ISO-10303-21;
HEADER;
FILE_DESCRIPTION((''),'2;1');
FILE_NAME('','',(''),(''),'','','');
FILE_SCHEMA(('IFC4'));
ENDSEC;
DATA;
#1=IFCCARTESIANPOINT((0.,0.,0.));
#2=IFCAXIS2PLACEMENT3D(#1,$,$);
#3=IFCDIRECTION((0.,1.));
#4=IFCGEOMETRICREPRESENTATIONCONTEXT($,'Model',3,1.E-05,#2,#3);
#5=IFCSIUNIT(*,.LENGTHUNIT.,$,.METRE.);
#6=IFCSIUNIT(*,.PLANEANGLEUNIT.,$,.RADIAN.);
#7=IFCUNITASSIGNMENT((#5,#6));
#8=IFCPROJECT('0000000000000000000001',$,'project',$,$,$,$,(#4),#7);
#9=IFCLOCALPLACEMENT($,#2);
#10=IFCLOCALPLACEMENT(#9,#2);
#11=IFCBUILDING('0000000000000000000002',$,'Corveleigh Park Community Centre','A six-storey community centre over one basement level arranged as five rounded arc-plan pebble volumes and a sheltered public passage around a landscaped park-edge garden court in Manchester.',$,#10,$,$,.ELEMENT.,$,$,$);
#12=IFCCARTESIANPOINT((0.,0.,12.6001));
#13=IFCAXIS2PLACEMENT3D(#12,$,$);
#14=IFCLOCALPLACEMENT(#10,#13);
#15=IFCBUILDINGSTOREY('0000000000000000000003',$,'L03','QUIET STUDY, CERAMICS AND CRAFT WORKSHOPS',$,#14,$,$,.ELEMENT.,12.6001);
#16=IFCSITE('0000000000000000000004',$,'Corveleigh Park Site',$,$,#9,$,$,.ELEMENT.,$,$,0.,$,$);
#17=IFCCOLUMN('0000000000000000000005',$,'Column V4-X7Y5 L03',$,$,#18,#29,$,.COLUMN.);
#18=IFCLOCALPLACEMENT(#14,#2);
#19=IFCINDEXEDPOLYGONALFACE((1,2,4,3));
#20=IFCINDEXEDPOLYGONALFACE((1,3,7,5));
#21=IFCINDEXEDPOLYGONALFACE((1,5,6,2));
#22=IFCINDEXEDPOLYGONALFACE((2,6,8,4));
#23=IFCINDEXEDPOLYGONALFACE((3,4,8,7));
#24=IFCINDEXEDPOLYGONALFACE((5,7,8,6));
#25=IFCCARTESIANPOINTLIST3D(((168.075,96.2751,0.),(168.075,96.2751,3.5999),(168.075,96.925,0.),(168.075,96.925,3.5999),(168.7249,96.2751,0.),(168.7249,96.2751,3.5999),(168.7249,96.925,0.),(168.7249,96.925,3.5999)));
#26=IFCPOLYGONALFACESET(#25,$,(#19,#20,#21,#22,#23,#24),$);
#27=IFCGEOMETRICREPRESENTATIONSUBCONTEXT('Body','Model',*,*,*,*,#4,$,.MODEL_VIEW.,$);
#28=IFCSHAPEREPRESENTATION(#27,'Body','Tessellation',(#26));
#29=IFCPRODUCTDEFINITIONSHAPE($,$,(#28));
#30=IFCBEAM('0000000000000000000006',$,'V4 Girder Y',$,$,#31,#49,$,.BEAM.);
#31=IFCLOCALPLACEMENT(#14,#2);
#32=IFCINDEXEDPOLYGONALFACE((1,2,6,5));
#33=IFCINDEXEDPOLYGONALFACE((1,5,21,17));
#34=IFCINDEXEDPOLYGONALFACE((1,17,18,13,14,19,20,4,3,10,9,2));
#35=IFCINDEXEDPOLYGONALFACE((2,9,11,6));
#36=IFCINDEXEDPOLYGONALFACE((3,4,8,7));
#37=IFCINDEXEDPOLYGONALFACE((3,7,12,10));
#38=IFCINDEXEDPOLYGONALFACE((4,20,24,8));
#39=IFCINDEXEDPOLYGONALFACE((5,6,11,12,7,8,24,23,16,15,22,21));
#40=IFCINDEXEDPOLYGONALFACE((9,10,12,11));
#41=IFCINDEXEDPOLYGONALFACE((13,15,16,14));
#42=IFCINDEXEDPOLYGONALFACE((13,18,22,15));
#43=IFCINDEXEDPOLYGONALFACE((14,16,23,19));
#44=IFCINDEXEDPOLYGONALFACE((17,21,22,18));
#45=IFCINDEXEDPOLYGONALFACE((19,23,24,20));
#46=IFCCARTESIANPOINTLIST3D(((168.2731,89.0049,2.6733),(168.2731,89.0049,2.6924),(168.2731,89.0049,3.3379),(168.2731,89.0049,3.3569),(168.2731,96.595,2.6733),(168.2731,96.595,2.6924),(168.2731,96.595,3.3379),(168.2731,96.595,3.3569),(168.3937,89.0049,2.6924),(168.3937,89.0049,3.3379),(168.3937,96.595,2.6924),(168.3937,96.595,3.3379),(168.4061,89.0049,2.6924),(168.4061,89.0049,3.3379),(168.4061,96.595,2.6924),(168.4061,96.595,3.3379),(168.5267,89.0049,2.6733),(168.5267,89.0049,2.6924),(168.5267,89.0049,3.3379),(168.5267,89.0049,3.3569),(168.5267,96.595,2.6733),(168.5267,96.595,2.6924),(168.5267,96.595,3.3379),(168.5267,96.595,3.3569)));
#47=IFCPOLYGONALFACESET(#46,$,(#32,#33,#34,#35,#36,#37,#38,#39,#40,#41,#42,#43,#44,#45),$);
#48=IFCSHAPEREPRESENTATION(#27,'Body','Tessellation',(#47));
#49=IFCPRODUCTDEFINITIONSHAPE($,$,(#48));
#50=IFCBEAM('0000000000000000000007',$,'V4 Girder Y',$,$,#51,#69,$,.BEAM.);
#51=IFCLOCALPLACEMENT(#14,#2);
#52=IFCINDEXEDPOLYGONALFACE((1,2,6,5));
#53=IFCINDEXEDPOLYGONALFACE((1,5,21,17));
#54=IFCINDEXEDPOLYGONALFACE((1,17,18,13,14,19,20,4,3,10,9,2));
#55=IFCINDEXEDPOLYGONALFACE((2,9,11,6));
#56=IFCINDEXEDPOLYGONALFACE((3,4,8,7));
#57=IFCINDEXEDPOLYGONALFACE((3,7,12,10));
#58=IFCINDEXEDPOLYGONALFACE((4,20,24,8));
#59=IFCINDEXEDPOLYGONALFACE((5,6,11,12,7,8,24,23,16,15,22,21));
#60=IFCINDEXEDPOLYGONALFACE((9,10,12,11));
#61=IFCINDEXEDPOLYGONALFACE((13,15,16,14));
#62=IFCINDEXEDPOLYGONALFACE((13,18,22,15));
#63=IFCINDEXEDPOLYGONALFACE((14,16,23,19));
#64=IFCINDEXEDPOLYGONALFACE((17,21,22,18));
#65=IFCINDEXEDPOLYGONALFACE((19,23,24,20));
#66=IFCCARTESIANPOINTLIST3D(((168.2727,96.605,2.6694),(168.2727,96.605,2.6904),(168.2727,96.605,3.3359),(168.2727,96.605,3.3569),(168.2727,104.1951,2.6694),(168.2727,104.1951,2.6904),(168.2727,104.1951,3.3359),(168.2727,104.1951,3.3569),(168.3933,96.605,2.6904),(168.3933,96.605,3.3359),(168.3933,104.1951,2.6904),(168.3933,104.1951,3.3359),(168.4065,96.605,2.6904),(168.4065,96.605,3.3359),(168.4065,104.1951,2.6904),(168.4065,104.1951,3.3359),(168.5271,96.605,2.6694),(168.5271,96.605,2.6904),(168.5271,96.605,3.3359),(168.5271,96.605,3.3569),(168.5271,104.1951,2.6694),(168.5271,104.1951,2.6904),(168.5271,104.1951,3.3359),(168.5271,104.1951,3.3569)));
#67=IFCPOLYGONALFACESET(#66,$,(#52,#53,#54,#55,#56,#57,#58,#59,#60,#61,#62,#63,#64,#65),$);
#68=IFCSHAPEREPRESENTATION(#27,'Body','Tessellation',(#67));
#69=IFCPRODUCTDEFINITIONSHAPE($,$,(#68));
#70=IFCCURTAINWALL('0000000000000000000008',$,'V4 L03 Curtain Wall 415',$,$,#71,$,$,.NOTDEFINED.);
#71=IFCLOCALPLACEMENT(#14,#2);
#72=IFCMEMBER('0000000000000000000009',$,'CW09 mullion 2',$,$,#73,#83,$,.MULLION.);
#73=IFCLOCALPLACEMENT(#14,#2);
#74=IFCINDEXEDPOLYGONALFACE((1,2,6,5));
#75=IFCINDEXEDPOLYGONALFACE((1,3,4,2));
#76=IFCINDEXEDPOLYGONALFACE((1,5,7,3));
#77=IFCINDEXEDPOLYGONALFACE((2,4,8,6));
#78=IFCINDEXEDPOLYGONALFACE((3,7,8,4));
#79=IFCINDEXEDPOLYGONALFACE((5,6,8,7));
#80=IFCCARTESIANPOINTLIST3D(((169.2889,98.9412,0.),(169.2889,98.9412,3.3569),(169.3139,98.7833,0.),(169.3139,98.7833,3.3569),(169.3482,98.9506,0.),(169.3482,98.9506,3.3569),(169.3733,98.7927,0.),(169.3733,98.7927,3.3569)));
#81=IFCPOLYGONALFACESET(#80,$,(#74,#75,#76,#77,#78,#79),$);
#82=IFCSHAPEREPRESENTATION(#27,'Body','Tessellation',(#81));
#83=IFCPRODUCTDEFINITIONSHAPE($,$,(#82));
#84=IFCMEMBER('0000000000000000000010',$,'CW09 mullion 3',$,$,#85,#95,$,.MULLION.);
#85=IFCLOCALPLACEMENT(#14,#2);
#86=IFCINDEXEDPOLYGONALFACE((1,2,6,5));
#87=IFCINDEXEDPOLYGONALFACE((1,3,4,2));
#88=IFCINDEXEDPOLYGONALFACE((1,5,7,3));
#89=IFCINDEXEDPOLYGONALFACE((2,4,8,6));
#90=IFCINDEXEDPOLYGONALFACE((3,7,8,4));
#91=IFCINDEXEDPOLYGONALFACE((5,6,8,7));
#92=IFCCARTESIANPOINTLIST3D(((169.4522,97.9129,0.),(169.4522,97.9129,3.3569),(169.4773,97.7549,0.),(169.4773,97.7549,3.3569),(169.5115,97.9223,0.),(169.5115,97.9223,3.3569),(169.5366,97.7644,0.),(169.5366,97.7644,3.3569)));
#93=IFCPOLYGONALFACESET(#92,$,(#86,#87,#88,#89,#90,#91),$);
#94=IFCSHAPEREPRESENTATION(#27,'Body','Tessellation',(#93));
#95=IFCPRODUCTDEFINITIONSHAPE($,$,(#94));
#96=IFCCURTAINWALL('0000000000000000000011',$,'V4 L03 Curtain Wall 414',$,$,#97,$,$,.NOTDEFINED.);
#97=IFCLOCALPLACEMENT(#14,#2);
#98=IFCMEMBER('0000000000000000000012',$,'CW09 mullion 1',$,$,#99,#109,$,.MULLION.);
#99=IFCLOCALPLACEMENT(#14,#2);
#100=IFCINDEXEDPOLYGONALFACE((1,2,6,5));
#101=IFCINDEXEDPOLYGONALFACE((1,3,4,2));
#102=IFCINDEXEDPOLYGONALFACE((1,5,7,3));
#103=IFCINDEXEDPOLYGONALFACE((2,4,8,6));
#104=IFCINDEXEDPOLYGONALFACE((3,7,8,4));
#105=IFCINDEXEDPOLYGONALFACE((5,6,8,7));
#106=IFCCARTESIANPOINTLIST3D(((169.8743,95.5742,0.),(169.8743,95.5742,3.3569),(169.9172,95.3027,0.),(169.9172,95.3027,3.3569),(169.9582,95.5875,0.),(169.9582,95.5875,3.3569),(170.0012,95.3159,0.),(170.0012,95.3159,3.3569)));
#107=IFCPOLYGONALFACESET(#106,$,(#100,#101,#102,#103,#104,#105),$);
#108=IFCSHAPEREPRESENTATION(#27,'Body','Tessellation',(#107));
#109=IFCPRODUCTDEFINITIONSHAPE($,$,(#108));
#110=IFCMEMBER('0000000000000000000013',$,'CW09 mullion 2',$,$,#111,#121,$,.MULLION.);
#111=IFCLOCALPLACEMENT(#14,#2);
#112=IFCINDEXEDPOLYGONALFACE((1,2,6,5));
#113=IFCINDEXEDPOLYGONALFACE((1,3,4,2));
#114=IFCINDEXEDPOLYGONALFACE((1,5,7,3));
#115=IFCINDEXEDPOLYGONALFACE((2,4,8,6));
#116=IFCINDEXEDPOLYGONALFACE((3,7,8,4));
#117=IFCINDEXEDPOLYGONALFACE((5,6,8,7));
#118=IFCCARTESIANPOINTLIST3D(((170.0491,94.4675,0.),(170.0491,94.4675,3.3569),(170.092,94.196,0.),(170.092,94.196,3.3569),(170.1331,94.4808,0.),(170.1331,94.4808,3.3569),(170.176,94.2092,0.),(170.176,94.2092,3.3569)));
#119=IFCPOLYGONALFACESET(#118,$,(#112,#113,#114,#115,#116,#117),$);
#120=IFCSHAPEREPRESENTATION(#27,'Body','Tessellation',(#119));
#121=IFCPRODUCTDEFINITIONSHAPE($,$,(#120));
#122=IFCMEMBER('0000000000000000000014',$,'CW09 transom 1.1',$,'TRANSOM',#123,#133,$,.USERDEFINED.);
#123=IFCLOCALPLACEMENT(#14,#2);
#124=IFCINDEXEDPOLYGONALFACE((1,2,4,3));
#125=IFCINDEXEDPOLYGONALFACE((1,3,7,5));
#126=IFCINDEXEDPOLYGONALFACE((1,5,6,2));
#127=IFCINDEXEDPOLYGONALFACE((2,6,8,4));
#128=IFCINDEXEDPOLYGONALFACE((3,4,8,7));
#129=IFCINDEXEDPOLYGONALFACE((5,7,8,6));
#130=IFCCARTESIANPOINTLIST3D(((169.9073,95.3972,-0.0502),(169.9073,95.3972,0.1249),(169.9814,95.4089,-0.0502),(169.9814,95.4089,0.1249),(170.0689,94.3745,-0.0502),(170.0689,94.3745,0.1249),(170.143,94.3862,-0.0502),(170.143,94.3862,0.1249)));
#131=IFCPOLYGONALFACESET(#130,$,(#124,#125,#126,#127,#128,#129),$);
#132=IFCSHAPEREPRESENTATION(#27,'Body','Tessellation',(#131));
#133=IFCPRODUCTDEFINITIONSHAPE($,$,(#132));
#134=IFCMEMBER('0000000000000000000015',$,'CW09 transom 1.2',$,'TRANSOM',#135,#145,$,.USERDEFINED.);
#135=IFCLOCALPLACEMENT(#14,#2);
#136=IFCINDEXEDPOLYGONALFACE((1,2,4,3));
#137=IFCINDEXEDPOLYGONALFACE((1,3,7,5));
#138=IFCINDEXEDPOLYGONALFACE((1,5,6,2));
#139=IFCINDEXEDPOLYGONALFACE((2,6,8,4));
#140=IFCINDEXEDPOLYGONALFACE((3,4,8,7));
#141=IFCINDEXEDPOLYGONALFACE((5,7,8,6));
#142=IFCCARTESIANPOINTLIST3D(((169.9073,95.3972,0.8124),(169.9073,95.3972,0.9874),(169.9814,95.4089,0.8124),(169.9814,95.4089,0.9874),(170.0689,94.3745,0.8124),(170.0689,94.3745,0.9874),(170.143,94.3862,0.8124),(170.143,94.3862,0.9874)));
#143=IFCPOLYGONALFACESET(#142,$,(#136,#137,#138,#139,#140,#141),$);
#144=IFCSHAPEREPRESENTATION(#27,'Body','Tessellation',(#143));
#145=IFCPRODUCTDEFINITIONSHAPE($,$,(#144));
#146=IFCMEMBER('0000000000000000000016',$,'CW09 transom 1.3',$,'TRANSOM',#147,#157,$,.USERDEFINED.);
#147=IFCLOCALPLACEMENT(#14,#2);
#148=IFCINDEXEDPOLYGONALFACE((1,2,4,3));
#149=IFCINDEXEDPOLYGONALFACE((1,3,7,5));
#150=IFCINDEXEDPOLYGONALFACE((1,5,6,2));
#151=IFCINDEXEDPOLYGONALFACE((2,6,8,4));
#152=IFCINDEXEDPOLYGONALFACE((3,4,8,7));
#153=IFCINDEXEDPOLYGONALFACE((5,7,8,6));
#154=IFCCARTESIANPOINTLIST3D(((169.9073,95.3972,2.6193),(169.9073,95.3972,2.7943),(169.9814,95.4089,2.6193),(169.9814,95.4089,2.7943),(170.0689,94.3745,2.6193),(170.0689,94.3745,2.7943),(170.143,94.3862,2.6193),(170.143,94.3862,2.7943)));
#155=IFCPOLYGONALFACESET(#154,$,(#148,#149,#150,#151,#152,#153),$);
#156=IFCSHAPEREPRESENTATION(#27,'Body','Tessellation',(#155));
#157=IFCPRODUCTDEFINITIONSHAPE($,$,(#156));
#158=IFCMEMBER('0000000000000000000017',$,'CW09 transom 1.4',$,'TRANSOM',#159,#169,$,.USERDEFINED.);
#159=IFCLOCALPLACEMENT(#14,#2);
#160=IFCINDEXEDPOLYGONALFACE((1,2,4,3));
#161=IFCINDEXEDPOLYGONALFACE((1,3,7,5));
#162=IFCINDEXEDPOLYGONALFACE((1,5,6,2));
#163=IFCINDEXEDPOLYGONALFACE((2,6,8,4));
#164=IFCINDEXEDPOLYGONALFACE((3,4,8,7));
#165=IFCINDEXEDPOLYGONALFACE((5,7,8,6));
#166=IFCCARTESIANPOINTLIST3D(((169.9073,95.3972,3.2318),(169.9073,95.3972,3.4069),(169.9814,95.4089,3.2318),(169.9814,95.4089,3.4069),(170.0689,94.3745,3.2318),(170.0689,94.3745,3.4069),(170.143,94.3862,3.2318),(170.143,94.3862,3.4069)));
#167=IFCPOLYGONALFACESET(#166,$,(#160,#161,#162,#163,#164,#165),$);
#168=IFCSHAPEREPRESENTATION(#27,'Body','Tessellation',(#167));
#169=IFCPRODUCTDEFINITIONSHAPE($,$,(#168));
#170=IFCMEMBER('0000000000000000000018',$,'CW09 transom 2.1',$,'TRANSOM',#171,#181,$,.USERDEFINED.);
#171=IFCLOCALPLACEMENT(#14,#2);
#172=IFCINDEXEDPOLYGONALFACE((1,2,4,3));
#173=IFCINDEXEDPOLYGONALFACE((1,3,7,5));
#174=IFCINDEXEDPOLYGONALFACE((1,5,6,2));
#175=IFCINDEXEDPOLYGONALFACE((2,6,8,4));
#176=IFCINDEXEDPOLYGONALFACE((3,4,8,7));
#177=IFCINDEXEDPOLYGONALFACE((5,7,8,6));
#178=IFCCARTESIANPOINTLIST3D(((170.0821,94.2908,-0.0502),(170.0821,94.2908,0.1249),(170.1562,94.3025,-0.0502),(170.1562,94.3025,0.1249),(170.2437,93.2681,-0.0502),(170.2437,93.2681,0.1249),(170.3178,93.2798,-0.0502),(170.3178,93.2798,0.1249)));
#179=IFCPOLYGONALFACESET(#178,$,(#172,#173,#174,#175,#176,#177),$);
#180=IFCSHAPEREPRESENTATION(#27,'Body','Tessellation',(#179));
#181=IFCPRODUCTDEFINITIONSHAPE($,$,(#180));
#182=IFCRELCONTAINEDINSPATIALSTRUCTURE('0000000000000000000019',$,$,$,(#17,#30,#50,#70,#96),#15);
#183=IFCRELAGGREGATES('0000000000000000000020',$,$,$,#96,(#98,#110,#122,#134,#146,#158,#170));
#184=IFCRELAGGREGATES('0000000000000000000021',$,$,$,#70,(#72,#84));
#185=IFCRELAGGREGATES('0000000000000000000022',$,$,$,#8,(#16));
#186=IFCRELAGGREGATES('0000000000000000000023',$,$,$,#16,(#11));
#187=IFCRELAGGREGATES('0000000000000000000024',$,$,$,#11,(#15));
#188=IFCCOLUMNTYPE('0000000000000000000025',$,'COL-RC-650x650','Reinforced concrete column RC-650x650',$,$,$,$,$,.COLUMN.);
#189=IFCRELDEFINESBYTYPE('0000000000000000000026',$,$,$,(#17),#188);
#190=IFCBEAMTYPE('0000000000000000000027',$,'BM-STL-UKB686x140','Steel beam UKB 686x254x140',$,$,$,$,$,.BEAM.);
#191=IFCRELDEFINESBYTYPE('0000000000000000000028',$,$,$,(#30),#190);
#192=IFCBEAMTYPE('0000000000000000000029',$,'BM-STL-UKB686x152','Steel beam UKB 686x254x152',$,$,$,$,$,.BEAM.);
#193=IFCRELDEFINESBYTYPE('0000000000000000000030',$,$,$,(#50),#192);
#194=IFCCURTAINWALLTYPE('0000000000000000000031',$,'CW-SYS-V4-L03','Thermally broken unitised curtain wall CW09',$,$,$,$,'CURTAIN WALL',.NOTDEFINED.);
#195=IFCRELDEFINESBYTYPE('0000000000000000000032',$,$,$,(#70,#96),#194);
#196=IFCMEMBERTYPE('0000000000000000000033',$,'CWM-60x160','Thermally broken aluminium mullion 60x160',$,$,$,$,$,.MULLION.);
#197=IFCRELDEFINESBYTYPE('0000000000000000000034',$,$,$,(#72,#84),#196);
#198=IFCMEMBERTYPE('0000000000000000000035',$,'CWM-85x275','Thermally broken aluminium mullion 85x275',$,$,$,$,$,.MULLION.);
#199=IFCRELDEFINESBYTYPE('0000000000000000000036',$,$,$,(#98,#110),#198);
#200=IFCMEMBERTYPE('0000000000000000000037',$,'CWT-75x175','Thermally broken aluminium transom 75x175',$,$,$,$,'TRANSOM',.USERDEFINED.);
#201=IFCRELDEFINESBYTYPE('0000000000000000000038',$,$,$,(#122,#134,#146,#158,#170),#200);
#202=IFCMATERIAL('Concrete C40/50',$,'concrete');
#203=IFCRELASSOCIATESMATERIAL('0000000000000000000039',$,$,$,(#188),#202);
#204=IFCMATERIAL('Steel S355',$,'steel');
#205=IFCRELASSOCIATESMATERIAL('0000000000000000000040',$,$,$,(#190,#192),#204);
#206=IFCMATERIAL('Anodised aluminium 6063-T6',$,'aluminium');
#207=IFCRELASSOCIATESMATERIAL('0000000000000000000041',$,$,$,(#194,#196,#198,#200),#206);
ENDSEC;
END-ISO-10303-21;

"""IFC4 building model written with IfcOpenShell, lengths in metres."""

from ifc_helpers import new_model, si_unit, direction, frame, origin, origin_2d, place, context, subcontext, project, spatial, rectangle, i_section, extrude, material, material_profile, profile_set, type_object, element, aggregate, save


model = new_model("IFC4")

# Units and contexts
model_context = context("Model", 3, precision=1e-05, world=origin(), true_north=direction((0.0, 1.0)))
body_context = subcontext(model_context, "Body", "Model", "MODEL_VIEW")
ifc_project = project(units=[si_unit("LENGTHUNIT", "METRE"), si_unit("PLANEANGLEUNIT", "RADIAN")], contexts=[model_context])

# Site, building, storey
site_placement = place(None, origin())
site = spatial("IfcSite", under=ifc_project, at=site_placement, Name="Corveleigh Park Site", CompositionType="ELEMENT", RefElevation=0.0)
building_placement = place(site_placement, origin())
building = spatial("IfcBuilding", under=site, at=building_placement, Name="Corveleigh Park Community Centre", Description="A six-storey community centre over one basement level arranged as five rounded arc-plan pebble volumes and a sheltered public passage around a landscaped park-edge garden court in Manchester.", CompositionType="ELEMENT")
storey_placement = place(building_placement, frame((0.0, 0.0, 12.6001)))
storey = spatial("IfcBuildingStorey", under=building, at=storey_placement, Name="L03", Description="QUIET STUDY, CERAMICS AND CRAFT WORKSHOPS", CompositionType="ELEMENT", Elevation=12.6001)

# Column
ifc_material_1 = material(Name="Concrete C40/50", Category="concrete")
ifc_material_profile_1 = material_profile(ifc_material_1, rectangle(XDim=0.6499, YDim=0.6499, at=origin_2d()), Name="RC-650x650", Category="concrete")
ifc_profile_set_1 = profile_set([ifc_material_profile_1], Name="Concrete C40/50")
column_type = type_object("IfcColumnType", Name="COL-RC-650x650", Description="Reinforced concrete column RC-650x650", PredefinedType="COLUMN", material=ifc_profile_set_1)
column_placement = place(storey_placement, frame((168.3999, 96.6001, 0.0), z_axis=(0.0, 0.0, 1.0), x_axis=(1.0, 0.0, 0.0)))
element("IfcColumn", 1, at=column_placement, inside=storey, type_object=column_type, Name="Column V4-X7Y5 L03", PredefinedType="COLUMN", context=body_context, shape_type="SweptSolid", body=[
    extrude(rectangle(XDim=0.6499, YDim=0.6499, at=origin_2d()), origin(), (0.0, 0.0, 1.0), 3.5999),
])

# Beams
ifc_material_2 = material(Name="Steel S355", Category="steel")
ifc_material_profile_2 = material_profile(ifc_material_2, i_section(OverallWidth=0.2537, OverallDepth=0.6836, WebThickness=0.0125, FlangeThickness=0.019, at=origin_2d()), Name="UKB 686x254x140", Category="steel")
ifc_profile_set_2 = profile_set([ifc_material_profile_2], Name="Steel S355")
beam_type_1 = type_object("IfcBeamType", Name="BM-STL-UKB686x140", Description="Steel beam UKB 686x254x140", PredefinedType="BEAM", material=ifc_profile_set_2)
beam_1_placement = place(storey_placement, frame((168.3999, 89.0049, 3.0151), z_axis=(0.0, 1.0, 0.0), x_axis=(-1.0, 0.0, 0.0)))
element("IfcBeam", 2, at=beam_1_placement, inside=storey, type_object=beam_type_1, Name="V4 Girder Y", PredefinedType="BEAM", context=body_context, shape_type="SweptSolid", body=[
    extrude(i_section(OverallWidth=0.2537, OverallDepth=0.6836, WebThickness=0.0125, FlangeThickness=0.019, at=origin_2d()), origin(), (0.0, 0.0, 1.0), 7.5901),
])
ifc_material_profile_3 = material_profile(ifc_material_2, i_section(OverallWidth=0.2544, OverallDepth=0.6875, WebThickness=0.0132, FlangeThickness=0.021, at=origin_2d()), Name="UKB 686x254x152", Category="steel")
ifc_profile_set_3 = profile_set([ifc_material_profile_3], Name="Steel S355")
beam_type_2 = type_object("IfcBeamType", Name="BM-STL-UKB686x152", Description="Steel beam UKB 686x254x152", PredefinedType="BEAM", material=ifc_profile_set_3)
beam_2_placement = place(storey_placement, frame((168.3999, 96.605, 3.0132), z_axis=(0.0, 1.0, 0.0), x_axis=(-1.0, 0.0, 0.0)))
element("IfcBeam", 3, at=beam_2_placement, inside=storey, type_object=beam_type_2, Name="V4 Girder Y", PredefinedType="BEAM", context=body_context, shape_type="SweptSolid", body=[
    extrude(i_section(OverallWidth=0.2544, OverallDepth=0.6875, WebThickness=0.0132, FlangeThickness=0.021, at=origin_2d()), origin(), (0.0, 0.0, 1.0), 7.5901),
])

# Curtain walls, members
ifc_material_3 = material(Name="Anodised aluminium 6063-T6", Category="aluminium")
curtain_wall_type = type_object("IfcCurtainWallType", Name="CW-SYS-V4-L03", Description="Thermally broken unitised curtain wall CW09", ElementType="CURTAIN WALL", PredefinedType="NOTDEFINED", material=ifc_material_3)
curtain_wall_1_placement = place(storey_placement, origin())
curtain_wall_1 = element("IfcCurtainWall", 4, at=curtain_wall_1_placement, inside=storey, type_object=curtain_wall_type, Name="V4 L03 Curtain Wall 415", PredefinedType="NOTDEFINED")
ifc_material_profile_4 = material_profile(ifc_material_3, rectangle(XDim=0.0601, YDim=0.1599, at=origin_2d()), Name="ALU-M60x160", Category="aluminium")
ifc_profile_set_4 = profile_set([ifc_material_profile_4], Name="Anodised aluminium 6063-T6")
member_type_1 = type_object("IfcMemberType", Name="CWM-60x160", Description="Thermally broken aluminium mullion 60x160", PredefinedType="MULLION", material=ifc_profile_set_4)
member_1_placement = place(storey_placement, frame((169.3311, 98.8669, 0.0), z_axis=(0.0, 0.0, 1.0), x_axis=(0.987626, 0.156825, 0.0)))
member_1 = element("IfcMember", 5, at=member_1_placement, type_object=member_type_1, Name="CW09 mullion 2", PredefinedType="MULLION", context=body_context, shape_type="SweptSolid", body=[
    extrude(rectangle(XDim=0.0601, YDim=0.1599, at=origin_2d()), origin(), (0.0, 0.0, 1.0), 3.3569),
])
member_2_placement = place(storey_placement, frame((169.4944, 97.8386, 0.0), z_axis=(0.0, 0.0, 1.0), x_axis=(0.987626, 0.156825, 0.0)))
member_2 = element("IfcMember", 6, at=member_2_placement, type_object=member_type_1, Name="CW09 mullion 3", PredefinedType="MULLION", context=body_context, shape_type="SweptSolid", body=[
    extrude(rectangle(XDim=0.0601, YDim=0.1599, at=origin_2d()), origin(), (0.0, 0.0, 1.0), 3.3569),
])
curtain_wall_2_placement = place(storey_placement, origin())
curtain_wall_2 = element("IfcCurtainWall", 7, at=curtain_wall_2_placement, inside=storey, type_object=curtain_wall_type, Name="V4 L03 Curtain Wall 414", PredefinedType="NOTDEFINED")
ifc_material_profile_5 = material_profile(ifc_material_3, rectangle(XDim=0.085, YDim=0.2749, at=origin_2d()), Name="ALU-M85x275", Category="aluminium")
ifc_profile_set_5 = profile_set([ifc_material_profile_5], Name="Anodised aluminium 6063-T6")
member_type_2 = type_object("IfcMemberType", Name="CWM-85x275", Description="Thermally broken aluminium mullion 85x275", PredefinedType="MULLION", material=ifc_profile_set_5)
member_3_placement = place(storey_placement, frame((169.9377, 95.4451, 0.0), z_axis=(0.0, 0.0, 1.0), x_axis=(0.987742, 0.156095, 0.0)))
member_3 = element("IfcMember", 8, at=member_3_placement, type_object=member_type_2, Name="CW09 mullion 1", PredefinedType="MULLION", context=body_context, shape_type="SweptSolid", body=[
    extrude(rectangle(XDim=0.085, YDim=0.2749, at=origin_2d()), origin(), (0.0, 0.0, 1.0), 3.3569),
])
member_4_placement = place(storey_placement, frame((170.1125, 94.3384, 0.0), z_axis=(0.0, 0.0, 1.0), x_axis=(0.987742, 0.156095, 0.0)))
member_4 = element("IfcMember", 9, at=member_4_placement, type_object=member_type_2, Name="CW09 mullion 2", PredefinedType="MULLION", context=body_context, shape_type="SweptSolid", body=[
    extrude(rectangle(XDim=0.085, YDim=0.2749, at=origin_2d()), origin(), (0.0, 0.0, 1.0), 3.3569),
])
ifc_material_profile_6 = material_profile(ifc_material_3, rectangle(XDim=0.075, YDim=0.175, at=origin_2d()), Name="ALU-T75x175", Category="aluminium")
ifc_profile_set_6 = profile_set([ifc_material_profile_6], Name="Anodised aluminium 6063-T6")
member_type_3 = type_object("IfcMemberType", Name="CWT-75x175", Description="Thermally broken aluminium transom 75x175", ElementType="TRANSOM", PredefinedType="USERDEFINED", material=ifc_profile_set_6)
member_5_placement = place(storey_placement, frame((169.9443, 95.4031, 0.0374), z_axis=(0.156096, -0.987742, 0.0), x_axis=(0.987742, 0.156096, 0.0)))
member_5 = element("IfcMember", 10, at=member_5_placement, type_object=member_type_3, Name="CW09 transom 1.1", ObjectType="TRANSOM", PredefinedType="USERDEFINED", context=body_context, shape_type="SweptSolid", body=[
    extrude(rectangle(XDim=0.075, YDim=0.175, at=origin_2d()), origin(), (0.0, 0.0, 1.0), 1.0354),
])
member_6_placement = place(storey_placement, frame((169.9443, 95.4031, 0.8999), z_axis=(0.156096, -0.987742, 0.0), x_axis=(0.987742, 0.156096, 0.0)))
member_6 = element("IfcMember", 11, at=member_6_placement, type_object=member_type_3, Name="CW09 transom 1.2", ObjectType="TRANSOM", PredefinedType="USERDEFINED", context=body_context, shape_type="SweptSolid", body=[
    extrude(rectangle(XDim=0.075, YDim=0.175, at=origin_2d()), origin(), (0.0, 0.0, 1.0), 1.0354),
])
member_7_placement = place(storey_placement, frame((169.9443, 95.4031, 2.7068), z_axis=(0.156096, -0.987742, 0.0), x_axis=(0.987742, 0.156096, 0.0)))
member_7 = element("IfcMember", 12, at=member_7_placement, type_object=member_type_3, Name="CW09 transom 1.3", ObjectType="TRANSOM", PredefinedType="USERDEFINED", context=body_context, shape_type="SweptSolid", body=[
    extrude(rectangle(XDim=0.075, YDim=0.175, at=origin_2d()), origin(), (0.0, 0.0, 1.0), 1.0354),
])
member_8_placement = place(storey_placement, frame((169.9443, 95.4031, 3.3193), z_axis=(0.156096, -0.987742, 0.0), x_axis=(0.987742, 0.156096, 0.0)))
member_8 = element("IfcMember", 13, at=member_8_placement, type_object=member_type_3, Name="CW09 transom 1.4", ObjectType="TRANSOM", PredefinedType="USERDEFINED", context=body_context, shape_type="SweptSolid", body=[
    extrude(rectangle(XDim=0.075, YDim=0.175, at=origin_2d()), origin(), (0.0, 0.0, 1.0), 1.0354),
])
member_9_placement = place(storey_placement, frame((170.1191, 94.2966, 0.0374), z_axis=(0.156096, -0.987742, 0.0), x_axis=(0.987742, 0.156096, 0.0)))
member_9 = element("IfcMember", 14, at=member_9_placement, type_object=member_type_3, Name="CW09 transom 2.1", ObjectType="TRANSOM", PredefinedType="USERDEFINED", context=body_context, shape_type="SweptSolid", body=[
    extrude(rectangle(XDim=0.075, YDim=0.175, at=origin_2d()), origin(), (0.0, 0.0, 1.0), 1.0354),
])

aggregate(curtain_wall_2, [member_3, member_4, member_5, member_6, member_7, member_8, member_9])
aggregate(curtain_wall_1, [member_1, member_2])

save(model, "model.ifc")
